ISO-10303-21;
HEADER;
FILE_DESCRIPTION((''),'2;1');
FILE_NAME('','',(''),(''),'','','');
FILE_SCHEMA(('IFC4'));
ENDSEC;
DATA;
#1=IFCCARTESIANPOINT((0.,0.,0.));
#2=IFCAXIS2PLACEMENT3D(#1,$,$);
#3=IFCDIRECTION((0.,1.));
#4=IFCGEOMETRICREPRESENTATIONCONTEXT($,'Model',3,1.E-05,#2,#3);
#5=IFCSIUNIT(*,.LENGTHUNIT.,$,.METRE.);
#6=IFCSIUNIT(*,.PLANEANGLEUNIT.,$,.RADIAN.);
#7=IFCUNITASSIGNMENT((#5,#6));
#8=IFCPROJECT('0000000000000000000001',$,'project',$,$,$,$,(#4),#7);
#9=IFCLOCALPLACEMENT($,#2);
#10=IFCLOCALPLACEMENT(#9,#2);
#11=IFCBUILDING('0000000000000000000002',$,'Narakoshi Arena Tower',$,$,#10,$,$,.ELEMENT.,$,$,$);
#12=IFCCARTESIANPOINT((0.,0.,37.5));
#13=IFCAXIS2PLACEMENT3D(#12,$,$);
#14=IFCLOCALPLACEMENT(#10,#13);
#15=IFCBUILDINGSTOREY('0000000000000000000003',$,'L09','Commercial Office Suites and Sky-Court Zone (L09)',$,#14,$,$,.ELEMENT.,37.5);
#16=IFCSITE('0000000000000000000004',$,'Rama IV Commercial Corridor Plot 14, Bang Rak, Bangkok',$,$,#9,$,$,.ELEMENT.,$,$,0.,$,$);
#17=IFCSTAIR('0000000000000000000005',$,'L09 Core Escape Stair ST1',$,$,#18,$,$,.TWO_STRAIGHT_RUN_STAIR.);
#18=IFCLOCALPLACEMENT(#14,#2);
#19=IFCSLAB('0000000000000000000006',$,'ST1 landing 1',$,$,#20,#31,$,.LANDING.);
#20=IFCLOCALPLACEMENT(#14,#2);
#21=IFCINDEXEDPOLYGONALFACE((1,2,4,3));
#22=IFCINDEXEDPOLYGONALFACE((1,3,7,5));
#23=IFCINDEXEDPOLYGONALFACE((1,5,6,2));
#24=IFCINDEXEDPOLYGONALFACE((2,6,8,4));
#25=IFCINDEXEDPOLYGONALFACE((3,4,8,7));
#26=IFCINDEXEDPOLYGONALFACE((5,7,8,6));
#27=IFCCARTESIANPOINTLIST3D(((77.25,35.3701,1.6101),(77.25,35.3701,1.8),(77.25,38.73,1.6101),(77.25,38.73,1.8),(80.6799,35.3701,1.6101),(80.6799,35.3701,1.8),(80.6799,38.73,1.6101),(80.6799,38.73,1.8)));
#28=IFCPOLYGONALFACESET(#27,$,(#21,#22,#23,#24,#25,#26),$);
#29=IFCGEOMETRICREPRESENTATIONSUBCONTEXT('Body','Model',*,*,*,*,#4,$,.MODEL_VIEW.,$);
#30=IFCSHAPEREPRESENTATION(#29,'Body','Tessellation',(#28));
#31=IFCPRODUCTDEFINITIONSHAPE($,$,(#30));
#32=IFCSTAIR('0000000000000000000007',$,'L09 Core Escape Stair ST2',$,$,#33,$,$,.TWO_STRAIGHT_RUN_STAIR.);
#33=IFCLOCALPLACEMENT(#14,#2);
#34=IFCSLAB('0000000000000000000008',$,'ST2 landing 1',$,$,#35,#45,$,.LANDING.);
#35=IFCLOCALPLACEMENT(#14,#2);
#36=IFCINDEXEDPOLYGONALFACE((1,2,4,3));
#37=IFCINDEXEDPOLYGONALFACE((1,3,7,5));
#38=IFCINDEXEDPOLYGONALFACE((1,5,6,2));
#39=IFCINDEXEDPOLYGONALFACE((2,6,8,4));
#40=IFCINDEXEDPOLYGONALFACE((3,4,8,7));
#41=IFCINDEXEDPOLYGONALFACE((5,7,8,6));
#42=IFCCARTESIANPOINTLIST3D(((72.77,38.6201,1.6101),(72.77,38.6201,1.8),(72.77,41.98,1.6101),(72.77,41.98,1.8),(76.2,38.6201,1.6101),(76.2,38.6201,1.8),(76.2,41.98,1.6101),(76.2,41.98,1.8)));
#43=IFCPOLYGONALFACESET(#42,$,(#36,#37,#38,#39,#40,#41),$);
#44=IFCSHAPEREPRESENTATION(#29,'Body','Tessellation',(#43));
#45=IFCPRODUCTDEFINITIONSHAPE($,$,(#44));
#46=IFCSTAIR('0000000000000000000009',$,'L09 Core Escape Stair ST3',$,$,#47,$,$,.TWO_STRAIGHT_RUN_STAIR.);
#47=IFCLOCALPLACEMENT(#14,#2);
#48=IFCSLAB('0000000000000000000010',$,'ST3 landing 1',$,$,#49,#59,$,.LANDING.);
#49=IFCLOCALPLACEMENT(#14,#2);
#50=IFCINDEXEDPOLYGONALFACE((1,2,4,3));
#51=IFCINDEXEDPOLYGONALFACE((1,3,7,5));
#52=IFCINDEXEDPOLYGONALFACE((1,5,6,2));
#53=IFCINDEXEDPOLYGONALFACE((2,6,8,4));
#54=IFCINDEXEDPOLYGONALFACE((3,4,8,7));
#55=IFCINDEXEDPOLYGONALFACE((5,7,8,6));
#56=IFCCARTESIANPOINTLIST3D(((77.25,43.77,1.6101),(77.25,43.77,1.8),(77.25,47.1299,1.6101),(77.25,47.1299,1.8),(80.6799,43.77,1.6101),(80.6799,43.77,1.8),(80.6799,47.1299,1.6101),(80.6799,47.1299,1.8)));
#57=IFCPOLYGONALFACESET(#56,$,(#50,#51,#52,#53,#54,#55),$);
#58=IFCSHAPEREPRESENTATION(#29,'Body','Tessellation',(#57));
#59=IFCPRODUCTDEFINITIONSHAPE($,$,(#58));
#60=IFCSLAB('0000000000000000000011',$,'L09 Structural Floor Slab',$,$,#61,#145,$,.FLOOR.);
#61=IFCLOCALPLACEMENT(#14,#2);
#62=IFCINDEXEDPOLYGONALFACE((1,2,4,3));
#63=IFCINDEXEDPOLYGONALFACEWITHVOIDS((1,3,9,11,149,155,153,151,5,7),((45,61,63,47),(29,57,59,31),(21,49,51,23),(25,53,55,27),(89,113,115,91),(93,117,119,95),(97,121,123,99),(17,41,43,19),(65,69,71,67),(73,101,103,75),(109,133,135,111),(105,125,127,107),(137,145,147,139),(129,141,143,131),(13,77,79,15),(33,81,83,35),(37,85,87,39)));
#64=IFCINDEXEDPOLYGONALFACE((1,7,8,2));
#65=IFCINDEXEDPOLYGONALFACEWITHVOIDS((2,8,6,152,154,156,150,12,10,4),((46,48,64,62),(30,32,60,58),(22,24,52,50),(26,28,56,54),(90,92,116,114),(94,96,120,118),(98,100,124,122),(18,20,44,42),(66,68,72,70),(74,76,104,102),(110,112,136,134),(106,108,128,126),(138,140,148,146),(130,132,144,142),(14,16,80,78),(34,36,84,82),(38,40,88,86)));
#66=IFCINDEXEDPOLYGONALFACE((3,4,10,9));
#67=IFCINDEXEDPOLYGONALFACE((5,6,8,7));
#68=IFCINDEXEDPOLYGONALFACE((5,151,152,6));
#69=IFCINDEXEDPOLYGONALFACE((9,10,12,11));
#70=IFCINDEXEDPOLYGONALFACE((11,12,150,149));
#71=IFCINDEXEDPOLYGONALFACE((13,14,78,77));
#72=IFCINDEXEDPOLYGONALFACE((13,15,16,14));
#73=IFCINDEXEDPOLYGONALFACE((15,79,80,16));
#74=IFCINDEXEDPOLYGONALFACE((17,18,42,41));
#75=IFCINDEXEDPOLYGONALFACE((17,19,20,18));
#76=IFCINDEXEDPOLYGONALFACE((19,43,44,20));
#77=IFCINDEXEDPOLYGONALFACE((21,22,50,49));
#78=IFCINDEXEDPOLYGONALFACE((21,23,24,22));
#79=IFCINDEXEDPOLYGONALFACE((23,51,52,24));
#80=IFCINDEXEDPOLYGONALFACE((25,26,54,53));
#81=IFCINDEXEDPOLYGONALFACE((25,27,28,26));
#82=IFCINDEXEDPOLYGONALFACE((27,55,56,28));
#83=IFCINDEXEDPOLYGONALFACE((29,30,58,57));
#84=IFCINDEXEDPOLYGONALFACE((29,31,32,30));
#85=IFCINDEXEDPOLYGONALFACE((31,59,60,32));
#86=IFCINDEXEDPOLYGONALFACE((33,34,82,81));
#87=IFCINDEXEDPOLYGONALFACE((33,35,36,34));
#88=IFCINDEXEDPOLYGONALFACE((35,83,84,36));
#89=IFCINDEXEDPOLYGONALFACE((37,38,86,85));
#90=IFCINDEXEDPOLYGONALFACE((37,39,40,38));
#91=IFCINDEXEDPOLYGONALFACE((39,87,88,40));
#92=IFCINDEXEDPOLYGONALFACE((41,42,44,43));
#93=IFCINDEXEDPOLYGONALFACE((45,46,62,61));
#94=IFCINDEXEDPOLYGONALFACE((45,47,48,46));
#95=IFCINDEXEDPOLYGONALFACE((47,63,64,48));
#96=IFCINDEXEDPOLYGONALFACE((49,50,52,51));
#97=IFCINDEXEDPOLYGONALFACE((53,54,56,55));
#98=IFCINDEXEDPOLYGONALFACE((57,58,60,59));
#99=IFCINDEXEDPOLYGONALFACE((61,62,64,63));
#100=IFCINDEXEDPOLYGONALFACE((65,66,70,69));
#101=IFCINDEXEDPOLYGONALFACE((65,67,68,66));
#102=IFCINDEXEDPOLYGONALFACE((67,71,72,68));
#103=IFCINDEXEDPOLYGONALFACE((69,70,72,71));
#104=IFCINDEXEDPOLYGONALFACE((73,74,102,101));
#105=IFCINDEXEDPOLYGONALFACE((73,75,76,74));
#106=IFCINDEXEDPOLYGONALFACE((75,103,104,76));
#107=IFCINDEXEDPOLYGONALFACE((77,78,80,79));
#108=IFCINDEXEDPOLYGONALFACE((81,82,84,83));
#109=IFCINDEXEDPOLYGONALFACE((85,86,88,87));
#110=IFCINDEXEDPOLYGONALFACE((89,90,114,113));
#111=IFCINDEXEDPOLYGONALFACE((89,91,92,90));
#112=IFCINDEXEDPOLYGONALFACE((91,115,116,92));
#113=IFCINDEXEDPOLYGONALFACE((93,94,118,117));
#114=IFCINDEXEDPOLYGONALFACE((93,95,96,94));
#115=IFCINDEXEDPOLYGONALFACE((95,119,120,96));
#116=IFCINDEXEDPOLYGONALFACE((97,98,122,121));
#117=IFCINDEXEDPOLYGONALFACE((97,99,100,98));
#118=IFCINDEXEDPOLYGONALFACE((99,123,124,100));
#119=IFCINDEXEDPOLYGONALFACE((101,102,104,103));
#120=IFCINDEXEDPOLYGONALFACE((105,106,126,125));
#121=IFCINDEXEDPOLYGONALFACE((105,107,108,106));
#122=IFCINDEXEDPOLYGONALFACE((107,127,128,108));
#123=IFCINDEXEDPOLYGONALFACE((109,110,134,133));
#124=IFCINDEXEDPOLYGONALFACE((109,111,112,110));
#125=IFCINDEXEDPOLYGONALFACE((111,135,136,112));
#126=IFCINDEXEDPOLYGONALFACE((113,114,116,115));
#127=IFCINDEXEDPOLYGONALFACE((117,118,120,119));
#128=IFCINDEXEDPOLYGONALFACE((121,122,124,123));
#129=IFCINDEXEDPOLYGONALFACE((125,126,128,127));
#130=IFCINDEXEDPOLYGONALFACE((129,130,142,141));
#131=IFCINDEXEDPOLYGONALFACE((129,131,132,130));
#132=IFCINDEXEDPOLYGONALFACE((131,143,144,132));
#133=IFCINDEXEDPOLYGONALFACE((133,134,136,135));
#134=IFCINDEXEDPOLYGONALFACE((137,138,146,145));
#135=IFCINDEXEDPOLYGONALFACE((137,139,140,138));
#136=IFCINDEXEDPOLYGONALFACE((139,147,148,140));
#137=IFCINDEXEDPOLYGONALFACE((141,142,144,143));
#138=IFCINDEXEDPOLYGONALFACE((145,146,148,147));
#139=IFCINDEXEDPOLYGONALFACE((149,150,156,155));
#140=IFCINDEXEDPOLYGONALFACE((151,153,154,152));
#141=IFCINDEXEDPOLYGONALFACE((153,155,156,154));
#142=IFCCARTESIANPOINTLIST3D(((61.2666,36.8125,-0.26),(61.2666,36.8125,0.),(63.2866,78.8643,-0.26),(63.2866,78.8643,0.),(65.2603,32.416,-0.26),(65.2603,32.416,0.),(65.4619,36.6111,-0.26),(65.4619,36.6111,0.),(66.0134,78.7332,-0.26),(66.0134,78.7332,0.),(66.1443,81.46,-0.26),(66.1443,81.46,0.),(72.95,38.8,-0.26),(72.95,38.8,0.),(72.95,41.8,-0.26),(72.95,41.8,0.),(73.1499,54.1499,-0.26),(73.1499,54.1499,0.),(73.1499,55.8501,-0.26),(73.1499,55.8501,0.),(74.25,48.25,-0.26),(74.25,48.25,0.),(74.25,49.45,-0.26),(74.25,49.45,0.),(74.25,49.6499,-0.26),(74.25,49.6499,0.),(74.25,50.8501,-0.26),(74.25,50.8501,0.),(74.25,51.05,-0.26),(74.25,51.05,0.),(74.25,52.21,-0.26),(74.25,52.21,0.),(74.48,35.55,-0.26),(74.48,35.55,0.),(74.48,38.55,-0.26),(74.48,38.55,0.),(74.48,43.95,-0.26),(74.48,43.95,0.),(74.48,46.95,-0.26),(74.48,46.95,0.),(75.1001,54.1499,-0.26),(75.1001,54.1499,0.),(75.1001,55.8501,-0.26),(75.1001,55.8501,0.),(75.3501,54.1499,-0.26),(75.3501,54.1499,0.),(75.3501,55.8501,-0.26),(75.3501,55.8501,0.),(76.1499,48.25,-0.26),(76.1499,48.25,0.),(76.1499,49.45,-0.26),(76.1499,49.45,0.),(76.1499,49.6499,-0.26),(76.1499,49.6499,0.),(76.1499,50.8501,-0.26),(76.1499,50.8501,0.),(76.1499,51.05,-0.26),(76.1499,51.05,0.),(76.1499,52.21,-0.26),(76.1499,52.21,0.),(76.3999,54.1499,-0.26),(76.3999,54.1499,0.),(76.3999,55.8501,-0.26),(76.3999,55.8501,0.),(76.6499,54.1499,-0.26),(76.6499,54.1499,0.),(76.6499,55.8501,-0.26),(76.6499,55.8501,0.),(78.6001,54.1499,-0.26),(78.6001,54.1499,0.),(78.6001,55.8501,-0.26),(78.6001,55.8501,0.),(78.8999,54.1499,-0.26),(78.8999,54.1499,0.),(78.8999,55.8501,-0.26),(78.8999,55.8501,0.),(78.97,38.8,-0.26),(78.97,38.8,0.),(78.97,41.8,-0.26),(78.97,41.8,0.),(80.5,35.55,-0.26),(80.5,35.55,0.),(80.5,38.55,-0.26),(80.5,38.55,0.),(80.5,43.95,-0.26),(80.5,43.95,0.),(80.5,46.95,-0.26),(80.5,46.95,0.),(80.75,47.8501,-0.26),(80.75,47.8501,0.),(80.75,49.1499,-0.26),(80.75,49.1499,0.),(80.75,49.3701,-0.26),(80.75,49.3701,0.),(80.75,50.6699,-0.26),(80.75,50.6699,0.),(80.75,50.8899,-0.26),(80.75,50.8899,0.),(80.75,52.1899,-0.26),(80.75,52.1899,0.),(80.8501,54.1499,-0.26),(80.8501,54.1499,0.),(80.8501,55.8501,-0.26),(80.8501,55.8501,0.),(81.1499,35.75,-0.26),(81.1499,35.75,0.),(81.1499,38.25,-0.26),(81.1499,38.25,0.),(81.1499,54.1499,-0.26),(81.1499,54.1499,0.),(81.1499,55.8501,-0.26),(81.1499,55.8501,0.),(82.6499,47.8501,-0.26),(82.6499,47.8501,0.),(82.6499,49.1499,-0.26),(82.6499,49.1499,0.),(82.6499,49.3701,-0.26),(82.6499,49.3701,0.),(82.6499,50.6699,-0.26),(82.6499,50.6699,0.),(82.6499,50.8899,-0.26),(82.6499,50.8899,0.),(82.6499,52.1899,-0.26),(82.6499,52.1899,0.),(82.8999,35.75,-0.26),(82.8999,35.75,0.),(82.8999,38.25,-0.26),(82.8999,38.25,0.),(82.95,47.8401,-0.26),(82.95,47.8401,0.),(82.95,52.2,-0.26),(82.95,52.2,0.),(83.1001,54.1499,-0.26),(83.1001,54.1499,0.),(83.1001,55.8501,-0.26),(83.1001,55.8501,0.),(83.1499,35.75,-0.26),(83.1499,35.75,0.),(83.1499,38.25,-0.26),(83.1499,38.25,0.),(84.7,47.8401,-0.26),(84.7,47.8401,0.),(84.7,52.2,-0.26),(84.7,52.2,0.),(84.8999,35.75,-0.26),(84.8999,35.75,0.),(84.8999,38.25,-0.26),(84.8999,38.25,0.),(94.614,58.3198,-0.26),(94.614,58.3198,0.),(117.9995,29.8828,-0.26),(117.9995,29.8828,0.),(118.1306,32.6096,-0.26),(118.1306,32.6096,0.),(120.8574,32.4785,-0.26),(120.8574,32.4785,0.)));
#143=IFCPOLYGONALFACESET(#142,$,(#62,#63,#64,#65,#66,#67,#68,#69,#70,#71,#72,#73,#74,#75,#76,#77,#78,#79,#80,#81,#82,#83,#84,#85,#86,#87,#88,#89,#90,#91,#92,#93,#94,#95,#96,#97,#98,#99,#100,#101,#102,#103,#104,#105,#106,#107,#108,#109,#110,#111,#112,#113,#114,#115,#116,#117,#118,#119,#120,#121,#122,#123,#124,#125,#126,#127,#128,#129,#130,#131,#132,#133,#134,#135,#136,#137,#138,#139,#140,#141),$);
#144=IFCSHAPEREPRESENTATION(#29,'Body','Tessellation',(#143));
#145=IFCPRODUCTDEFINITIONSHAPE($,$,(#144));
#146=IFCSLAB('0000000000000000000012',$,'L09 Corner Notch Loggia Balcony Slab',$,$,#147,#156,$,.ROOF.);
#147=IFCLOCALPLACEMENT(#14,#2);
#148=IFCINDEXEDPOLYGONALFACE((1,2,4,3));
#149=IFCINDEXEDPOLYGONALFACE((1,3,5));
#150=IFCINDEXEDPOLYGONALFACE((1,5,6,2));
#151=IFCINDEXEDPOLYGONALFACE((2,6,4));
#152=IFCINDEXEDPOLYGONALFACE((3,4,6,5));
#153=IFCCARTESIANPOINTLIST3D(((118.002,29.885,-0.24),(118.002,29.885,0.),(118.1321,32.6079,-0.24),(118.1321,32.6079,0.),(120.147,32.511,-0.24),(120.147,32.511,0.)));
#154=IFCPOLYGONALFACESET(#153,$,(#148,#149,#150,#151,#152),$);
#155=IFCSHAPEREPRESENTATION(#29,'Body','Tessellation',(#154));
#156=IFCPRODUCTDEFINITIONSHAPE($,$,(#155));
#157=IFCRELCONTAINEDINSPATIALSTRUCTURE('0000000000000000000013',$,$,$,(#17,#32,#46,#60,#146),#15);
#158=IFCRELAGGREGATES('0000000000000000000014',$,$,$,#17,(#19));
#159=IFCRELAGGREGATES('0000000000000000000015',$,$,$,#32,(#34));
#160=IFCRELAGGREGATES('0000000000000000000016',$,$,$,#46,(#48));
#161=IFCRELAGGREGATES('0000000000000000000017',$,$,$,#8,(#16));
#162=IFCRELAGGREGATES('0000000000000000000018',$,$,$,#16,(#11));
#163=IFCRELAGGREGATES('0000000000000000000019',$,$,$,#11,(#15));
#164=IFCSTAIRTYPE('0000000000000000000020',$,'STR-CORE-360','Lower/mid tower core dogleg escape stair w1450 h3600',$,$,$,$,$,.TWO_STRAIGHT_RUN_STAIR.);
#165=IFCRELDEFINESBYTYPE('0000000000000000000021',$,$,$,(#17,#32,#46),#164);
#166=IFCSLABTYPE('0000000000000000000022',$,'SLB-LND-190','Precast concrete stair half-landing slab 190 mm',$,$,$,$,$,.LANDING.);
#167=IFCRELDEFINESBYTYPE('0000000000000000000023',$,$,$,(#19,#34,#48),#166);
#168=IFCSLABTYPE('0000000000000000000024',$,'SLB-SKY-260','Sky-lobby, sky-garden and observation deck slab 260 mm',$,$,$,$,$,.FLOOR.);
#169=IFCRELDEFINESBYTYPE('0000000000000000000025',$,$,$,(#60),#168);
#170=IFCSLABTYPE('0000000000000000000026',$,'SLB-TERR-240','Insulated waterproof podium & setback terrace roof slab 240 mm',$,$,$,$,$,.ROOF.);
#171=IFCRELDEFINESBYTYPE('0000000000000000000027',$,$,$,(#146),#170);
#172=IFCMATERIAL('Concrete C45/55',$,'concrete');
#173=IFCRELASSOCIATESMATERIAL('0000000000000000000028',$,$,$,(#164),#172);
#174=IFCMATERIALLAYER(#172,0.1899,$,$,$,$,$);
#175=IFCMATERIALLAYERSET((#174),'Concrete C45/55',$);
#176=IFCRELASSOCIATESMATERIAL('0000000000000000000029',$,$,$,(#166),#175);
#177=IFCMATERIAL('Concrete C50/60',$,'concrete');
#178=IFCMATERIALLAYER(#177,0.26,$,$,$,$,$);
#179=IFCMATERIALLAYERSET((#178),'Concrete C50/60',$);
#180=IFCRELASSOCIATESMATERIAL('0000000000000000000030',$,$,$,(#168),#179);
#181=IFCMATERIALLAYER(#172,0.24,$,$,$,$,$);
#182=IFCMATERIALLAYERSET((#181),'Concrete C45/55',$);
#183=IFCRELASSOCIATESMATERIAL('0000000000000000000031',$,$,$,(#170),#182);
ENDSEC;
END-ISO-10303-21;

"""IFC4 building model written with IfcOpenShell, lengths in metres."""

from ifc_helpers import new_model, si_unit, direction, frame, origin, place, context, subcontext, project, spatial, polyline, outline, extrude, material, layer, layer_set, type_object, element, aggregate, save


model = new_model("IFC4")

# Units and contexts
model_context = context("Model", 3, precision=1e-05, world=origin(), true_north=direction((0.0, 1.0)))
body_context = subcontext(model_context, "Body", "Model", "MODEL_VIEW")
ifc_project = project(units=[si_unit("LENGTHUNIT", "METRE"), si_unit("PLANEANGLEUNIT", "RADIAN")], contexts=[model_context])

# Site, building, storey
site_placement = place(None, origin())
site = spatial("IfcSite", under=ifc_project, at=site_placement, Name="Rama IV Commercial Corridor Plot 14, Bang Rak, Bangkok", CompositionType="ELEMENT", RefElevation=0.0)
building_placement = place(site_placement, origin())
building = spatial("IfcBuilding", under=site, at=building_placement, Name="Narakoshi Arena Tower", CompositionType="ELEMENT")
storey_placement = place(building_placement, frame((0.0, 0.0, 37.5)))
storey = spatial("IfcBuildingStorey", under=building, at=storey_placement, Name="L09", Description="Commercial Office Suites and Sky-Court Zone (L09)", CompositionType="ELEMENT", Elevation=37.5)

# Stairs, slabs
ifc_material_1 = material(Name="Concrete C45/55", Category="concrete")
stair_type = type_object("IfcStairType", Name="STR-CORE-360", Description="Lower/mid tower core dogleg escape stair w1450 h3600", PredefinedType="TWO_STRAIGHT_RUN_STAIR", material=ifc_material_1)
stair_1_placement = place(storey_placement, origin())
stair_1 = element("IfcStair", 1, at=stair_1_placement, inside=storey, type_object=stair_type, Name="L09 Core Escape Stair ST1", PredefinedType="TWO_STRAIGHT_RUN_STAIR")
ifc_layer_1 = layer(ifc_material_1, 0.1899)
ifc_layer_set_1 = layer_set([ifc_layer_1], Name="Concrete C45/55")
slab_type_1 = type_object("IfcSlabType", Name="SLB-LND-190", Description="Precast concrete stair half-landing slab 190 mm", PredefinedType="LANDING", material=ifc_layer_set_1)
slab_1_placement = place(storey_placement, frame((0.0, 0.0, 1.6101)))
slab_1 = element("IfcSlab", 2, at=slab_1_placement, type_object=slab_type_1, Name="ST1 landing 1", PredefinedType="LANDING", context=body_context, shape_type="SweptSolid", body=[
    extrude(outline(polyline([(77.25, 35.3701), (80.6799, 35.3701), (80.6799, 38.73), (77.25, 38.73), (77.25, 35.3701)])), origin(), (0.0, 0.0, 1.0), 0.1899),
])
aggregate(stair_1, [slab_1])
stair_2_placement = place(storey_placement, origin())
stair_2 = element("IfcStair", 3, at=stair_2_placement, inside=storey, type_object=stair_type, Name="L09 Core Escape Stair ST2", PredefinedType="TWO_STRAIGHT_RUN_STAIR")
slab_2_placement = place(storey_placement, frame((0.0, 0.0, 1.6101)))
slab_2 = element("IfcSlab", 4, at=slab_2_placement, type_object=slab_type_1, Name="ST2 landing 1", PredefinedType="LANDING", context=body_context, shape_type="SweptSolid", body=[
    extrude(outline(polyline([(72.77, 38.6201), (76.2, 38.6201), (76.2, 41.98), (72.77, 41.98), (72.77, 38.6201)])), origin(), (0.0, 0.0, 1.0), 0.1899),
])
aggregate(stair_2, [slab_2])
stair_3_placement = place(storey_placement, origin())
stair_3 = element("IfcStair", 5, at=stair_3_placement, inside=storey, type_object=stair_type, Name="L09 Core Escape Stair ST3", PredefinedType="TWO_STRAIGHT_RUN_STAIR")
slab_3_placement = place(storey_placement, frame((0.0, 0.0, 1.6101)))
slab_3 = element("IfcSlab", 6, at=slab_3_placement, type_object=slab_type_1, Name="ST3 landing 1", PredefinedType="LANDING", context=body_context, shape_type="SweptSolid", body=[
    extrude(outline(polyline([(77.25, 43.77), (80.6799, 43.77), (80.6799, 47.1299), (77.25, 47.1299), (77.25, 43.77)])), origin(), (0.0, 0.0, 1.0), 0.1899),
])
aggregate(stair_3, [slab_3])

# Slabs
ifc_material_2 = material(Name="Concrete C50/60", Category="concrete")
ifc_layer_2 = layer(ifc_material_2, 0.26)
ifc_layer_set_2 = layer_set([ifc_layer_2], Name="Concrete C50/60")
slab_type_2 = type_object("IfcSlabType", Name="SLB-SKY-260", Description="Sky-lobby, sky-garden and observation deck slab 260 mm", PredefinedType="FLOOR", material=ifc_layer_set_2)
slab_4_placement = place(storey_placement, frame((0.0, 0.0, -0.26)))
element("IfcSlab", 7, at=slab_4_placement, inside=storey, type_object=slab_type_2, Name="L09 Structural Floor Slab", PredefinedType="FLOOR", context=body_context, shape_type="SweptSolid", body=[
    extrude(outline(polyline([(65.2603, 32.416), (117.9995, 29.8828), (118.1306, 32.6096), (120.8574, 32.4785), (94.614, 58.3198), (66.1443, 81.46), (66.0134, 78.7332), (63.2866, 78.8643), (61.2666, 36.8125), (65.4619, 36.6111), (65.2603, 32.416)]), holes=[polyline([(74.48, 35.55), (74.48, 38.55), (80.5, 38.55), (80.5, 35.55), (74.48, 35.55)]), polyline([(81.1499, 35.75), (81.1499, 38.25), (82.8999, 38.25), (82.8999, 35.75), (81.1499, 35.75)]), polyline([(83.1499, 35.75), (83.1499, 38.25), (84.8999, 38.25), (84.8999, 35.75), (83.1499, 35.75)]), polyline([(72.95, 38.8), (72.95, 41.8), (78.97, 41.8), (78.97, 38.8), (72.95, 38.8)]), polyline([(74.48, 43.95), (74.48, 46.95), (80.5, 46.95), (80.5, 43.95), (74.48, 43.95)]), polyline([(82.95, 47.8401), (82.95, 52.2), (84.7, 52.2), (84.7, 47.8401), (82.95, 47.8401)]), polyline([(80.75, 47.8501), (80.75, 49.1499), (82.6499, 49.1499), (82.6499, 47.8501), (80.75, 47.8501)]), polyline([(74.25, 48.25), (74.25, 49.45), (76.1499, 49.45), (76.1499, 48.25), (74.25, 48.25)]), polyline([(80.75, 49.3701), (80.75, 50.6699), (82.6499, 50.6699), (82.6499, 49.3701), (80.75, 49.3701)]), polyline([(74.25, 49.6499), (74.25, 50.8501), (76.1499, 50.8501), (76.1499, 49.6499), (74.25, 49.6499)]), polyline([(80.75, 50.8899), (80.75, 52.1899), (82.6499, 52.1899), (82.6499, 50.8899), (80.75, 50.8899)]), polyline([(74.25, 51.05), (74.25, 52.21), (76.1499, 52.21), (76.1499, 51.05), (74.25, 51.05)]), polyline([(73.1499, 54.1499), (73.1499, 55.8501), (75.1001, 55.8501), (75.1001, 54.1499), (73.1499, 54.1499)]), polyline([(75.3501, 54.1499), (75.3501, 55.8501), (76.3999, 55.8501), (76.3999, 54.1499), (75.3501, 54.1499)]), polyline([(76.6499, 54.1499), (76.6499, 55.8501), (78.6001, 55.8501), (78.6001, 54.1499), (76.6499, 54.1499)]), polyline([(78.8999, 55.8501), (80.8501, 55.8501), (80.8501, 54.1499), (78.8999, 54.1499), (78.8999, 55.8501)]), polyline([(81.1499, 55.8501), (83.1001, 55.8501), (83.1001, 54.1499), (81.1499, 54.1499), (81.1499, 55.8501)])]), origin(), (0.0, 0.0, 1.0), 0.26),
])
ifc_layer_3 = layer(ifc_material_1, 0.24)
ifc_layer_set_3 = layer_set([ifc_layer_3], Name="Concrete C45/55")
slab_type_3 = type_object("IfcSlabType", Name="SLB-TERR-240", Description="Insulated waterproof podium & setback terrace roof slab 240 mm", PredefinedType="ROOF", material=ifc_layer_set_3)
slab_5_placement = place(storey_placement, frame((0.0, 0.0, -0.24)))
element("IfcSlab", 8, at=slab_5_placement, inside=storey, type_object=slab_type_3, Name="L09 Corner Notch Loggia Balcony Slab", PredefinedType="ROOF", context=body_context, shape_type="SweptSolid", body=[
    extrude(outline(polyline([(120.147, 32.511), (118.1321, 32.6079), (118.002, 29.885), (120.147, 32.511)])), origin(), (0.0, 0.0, 1.0), 0.24),
])

save(model, "model.ifc")
